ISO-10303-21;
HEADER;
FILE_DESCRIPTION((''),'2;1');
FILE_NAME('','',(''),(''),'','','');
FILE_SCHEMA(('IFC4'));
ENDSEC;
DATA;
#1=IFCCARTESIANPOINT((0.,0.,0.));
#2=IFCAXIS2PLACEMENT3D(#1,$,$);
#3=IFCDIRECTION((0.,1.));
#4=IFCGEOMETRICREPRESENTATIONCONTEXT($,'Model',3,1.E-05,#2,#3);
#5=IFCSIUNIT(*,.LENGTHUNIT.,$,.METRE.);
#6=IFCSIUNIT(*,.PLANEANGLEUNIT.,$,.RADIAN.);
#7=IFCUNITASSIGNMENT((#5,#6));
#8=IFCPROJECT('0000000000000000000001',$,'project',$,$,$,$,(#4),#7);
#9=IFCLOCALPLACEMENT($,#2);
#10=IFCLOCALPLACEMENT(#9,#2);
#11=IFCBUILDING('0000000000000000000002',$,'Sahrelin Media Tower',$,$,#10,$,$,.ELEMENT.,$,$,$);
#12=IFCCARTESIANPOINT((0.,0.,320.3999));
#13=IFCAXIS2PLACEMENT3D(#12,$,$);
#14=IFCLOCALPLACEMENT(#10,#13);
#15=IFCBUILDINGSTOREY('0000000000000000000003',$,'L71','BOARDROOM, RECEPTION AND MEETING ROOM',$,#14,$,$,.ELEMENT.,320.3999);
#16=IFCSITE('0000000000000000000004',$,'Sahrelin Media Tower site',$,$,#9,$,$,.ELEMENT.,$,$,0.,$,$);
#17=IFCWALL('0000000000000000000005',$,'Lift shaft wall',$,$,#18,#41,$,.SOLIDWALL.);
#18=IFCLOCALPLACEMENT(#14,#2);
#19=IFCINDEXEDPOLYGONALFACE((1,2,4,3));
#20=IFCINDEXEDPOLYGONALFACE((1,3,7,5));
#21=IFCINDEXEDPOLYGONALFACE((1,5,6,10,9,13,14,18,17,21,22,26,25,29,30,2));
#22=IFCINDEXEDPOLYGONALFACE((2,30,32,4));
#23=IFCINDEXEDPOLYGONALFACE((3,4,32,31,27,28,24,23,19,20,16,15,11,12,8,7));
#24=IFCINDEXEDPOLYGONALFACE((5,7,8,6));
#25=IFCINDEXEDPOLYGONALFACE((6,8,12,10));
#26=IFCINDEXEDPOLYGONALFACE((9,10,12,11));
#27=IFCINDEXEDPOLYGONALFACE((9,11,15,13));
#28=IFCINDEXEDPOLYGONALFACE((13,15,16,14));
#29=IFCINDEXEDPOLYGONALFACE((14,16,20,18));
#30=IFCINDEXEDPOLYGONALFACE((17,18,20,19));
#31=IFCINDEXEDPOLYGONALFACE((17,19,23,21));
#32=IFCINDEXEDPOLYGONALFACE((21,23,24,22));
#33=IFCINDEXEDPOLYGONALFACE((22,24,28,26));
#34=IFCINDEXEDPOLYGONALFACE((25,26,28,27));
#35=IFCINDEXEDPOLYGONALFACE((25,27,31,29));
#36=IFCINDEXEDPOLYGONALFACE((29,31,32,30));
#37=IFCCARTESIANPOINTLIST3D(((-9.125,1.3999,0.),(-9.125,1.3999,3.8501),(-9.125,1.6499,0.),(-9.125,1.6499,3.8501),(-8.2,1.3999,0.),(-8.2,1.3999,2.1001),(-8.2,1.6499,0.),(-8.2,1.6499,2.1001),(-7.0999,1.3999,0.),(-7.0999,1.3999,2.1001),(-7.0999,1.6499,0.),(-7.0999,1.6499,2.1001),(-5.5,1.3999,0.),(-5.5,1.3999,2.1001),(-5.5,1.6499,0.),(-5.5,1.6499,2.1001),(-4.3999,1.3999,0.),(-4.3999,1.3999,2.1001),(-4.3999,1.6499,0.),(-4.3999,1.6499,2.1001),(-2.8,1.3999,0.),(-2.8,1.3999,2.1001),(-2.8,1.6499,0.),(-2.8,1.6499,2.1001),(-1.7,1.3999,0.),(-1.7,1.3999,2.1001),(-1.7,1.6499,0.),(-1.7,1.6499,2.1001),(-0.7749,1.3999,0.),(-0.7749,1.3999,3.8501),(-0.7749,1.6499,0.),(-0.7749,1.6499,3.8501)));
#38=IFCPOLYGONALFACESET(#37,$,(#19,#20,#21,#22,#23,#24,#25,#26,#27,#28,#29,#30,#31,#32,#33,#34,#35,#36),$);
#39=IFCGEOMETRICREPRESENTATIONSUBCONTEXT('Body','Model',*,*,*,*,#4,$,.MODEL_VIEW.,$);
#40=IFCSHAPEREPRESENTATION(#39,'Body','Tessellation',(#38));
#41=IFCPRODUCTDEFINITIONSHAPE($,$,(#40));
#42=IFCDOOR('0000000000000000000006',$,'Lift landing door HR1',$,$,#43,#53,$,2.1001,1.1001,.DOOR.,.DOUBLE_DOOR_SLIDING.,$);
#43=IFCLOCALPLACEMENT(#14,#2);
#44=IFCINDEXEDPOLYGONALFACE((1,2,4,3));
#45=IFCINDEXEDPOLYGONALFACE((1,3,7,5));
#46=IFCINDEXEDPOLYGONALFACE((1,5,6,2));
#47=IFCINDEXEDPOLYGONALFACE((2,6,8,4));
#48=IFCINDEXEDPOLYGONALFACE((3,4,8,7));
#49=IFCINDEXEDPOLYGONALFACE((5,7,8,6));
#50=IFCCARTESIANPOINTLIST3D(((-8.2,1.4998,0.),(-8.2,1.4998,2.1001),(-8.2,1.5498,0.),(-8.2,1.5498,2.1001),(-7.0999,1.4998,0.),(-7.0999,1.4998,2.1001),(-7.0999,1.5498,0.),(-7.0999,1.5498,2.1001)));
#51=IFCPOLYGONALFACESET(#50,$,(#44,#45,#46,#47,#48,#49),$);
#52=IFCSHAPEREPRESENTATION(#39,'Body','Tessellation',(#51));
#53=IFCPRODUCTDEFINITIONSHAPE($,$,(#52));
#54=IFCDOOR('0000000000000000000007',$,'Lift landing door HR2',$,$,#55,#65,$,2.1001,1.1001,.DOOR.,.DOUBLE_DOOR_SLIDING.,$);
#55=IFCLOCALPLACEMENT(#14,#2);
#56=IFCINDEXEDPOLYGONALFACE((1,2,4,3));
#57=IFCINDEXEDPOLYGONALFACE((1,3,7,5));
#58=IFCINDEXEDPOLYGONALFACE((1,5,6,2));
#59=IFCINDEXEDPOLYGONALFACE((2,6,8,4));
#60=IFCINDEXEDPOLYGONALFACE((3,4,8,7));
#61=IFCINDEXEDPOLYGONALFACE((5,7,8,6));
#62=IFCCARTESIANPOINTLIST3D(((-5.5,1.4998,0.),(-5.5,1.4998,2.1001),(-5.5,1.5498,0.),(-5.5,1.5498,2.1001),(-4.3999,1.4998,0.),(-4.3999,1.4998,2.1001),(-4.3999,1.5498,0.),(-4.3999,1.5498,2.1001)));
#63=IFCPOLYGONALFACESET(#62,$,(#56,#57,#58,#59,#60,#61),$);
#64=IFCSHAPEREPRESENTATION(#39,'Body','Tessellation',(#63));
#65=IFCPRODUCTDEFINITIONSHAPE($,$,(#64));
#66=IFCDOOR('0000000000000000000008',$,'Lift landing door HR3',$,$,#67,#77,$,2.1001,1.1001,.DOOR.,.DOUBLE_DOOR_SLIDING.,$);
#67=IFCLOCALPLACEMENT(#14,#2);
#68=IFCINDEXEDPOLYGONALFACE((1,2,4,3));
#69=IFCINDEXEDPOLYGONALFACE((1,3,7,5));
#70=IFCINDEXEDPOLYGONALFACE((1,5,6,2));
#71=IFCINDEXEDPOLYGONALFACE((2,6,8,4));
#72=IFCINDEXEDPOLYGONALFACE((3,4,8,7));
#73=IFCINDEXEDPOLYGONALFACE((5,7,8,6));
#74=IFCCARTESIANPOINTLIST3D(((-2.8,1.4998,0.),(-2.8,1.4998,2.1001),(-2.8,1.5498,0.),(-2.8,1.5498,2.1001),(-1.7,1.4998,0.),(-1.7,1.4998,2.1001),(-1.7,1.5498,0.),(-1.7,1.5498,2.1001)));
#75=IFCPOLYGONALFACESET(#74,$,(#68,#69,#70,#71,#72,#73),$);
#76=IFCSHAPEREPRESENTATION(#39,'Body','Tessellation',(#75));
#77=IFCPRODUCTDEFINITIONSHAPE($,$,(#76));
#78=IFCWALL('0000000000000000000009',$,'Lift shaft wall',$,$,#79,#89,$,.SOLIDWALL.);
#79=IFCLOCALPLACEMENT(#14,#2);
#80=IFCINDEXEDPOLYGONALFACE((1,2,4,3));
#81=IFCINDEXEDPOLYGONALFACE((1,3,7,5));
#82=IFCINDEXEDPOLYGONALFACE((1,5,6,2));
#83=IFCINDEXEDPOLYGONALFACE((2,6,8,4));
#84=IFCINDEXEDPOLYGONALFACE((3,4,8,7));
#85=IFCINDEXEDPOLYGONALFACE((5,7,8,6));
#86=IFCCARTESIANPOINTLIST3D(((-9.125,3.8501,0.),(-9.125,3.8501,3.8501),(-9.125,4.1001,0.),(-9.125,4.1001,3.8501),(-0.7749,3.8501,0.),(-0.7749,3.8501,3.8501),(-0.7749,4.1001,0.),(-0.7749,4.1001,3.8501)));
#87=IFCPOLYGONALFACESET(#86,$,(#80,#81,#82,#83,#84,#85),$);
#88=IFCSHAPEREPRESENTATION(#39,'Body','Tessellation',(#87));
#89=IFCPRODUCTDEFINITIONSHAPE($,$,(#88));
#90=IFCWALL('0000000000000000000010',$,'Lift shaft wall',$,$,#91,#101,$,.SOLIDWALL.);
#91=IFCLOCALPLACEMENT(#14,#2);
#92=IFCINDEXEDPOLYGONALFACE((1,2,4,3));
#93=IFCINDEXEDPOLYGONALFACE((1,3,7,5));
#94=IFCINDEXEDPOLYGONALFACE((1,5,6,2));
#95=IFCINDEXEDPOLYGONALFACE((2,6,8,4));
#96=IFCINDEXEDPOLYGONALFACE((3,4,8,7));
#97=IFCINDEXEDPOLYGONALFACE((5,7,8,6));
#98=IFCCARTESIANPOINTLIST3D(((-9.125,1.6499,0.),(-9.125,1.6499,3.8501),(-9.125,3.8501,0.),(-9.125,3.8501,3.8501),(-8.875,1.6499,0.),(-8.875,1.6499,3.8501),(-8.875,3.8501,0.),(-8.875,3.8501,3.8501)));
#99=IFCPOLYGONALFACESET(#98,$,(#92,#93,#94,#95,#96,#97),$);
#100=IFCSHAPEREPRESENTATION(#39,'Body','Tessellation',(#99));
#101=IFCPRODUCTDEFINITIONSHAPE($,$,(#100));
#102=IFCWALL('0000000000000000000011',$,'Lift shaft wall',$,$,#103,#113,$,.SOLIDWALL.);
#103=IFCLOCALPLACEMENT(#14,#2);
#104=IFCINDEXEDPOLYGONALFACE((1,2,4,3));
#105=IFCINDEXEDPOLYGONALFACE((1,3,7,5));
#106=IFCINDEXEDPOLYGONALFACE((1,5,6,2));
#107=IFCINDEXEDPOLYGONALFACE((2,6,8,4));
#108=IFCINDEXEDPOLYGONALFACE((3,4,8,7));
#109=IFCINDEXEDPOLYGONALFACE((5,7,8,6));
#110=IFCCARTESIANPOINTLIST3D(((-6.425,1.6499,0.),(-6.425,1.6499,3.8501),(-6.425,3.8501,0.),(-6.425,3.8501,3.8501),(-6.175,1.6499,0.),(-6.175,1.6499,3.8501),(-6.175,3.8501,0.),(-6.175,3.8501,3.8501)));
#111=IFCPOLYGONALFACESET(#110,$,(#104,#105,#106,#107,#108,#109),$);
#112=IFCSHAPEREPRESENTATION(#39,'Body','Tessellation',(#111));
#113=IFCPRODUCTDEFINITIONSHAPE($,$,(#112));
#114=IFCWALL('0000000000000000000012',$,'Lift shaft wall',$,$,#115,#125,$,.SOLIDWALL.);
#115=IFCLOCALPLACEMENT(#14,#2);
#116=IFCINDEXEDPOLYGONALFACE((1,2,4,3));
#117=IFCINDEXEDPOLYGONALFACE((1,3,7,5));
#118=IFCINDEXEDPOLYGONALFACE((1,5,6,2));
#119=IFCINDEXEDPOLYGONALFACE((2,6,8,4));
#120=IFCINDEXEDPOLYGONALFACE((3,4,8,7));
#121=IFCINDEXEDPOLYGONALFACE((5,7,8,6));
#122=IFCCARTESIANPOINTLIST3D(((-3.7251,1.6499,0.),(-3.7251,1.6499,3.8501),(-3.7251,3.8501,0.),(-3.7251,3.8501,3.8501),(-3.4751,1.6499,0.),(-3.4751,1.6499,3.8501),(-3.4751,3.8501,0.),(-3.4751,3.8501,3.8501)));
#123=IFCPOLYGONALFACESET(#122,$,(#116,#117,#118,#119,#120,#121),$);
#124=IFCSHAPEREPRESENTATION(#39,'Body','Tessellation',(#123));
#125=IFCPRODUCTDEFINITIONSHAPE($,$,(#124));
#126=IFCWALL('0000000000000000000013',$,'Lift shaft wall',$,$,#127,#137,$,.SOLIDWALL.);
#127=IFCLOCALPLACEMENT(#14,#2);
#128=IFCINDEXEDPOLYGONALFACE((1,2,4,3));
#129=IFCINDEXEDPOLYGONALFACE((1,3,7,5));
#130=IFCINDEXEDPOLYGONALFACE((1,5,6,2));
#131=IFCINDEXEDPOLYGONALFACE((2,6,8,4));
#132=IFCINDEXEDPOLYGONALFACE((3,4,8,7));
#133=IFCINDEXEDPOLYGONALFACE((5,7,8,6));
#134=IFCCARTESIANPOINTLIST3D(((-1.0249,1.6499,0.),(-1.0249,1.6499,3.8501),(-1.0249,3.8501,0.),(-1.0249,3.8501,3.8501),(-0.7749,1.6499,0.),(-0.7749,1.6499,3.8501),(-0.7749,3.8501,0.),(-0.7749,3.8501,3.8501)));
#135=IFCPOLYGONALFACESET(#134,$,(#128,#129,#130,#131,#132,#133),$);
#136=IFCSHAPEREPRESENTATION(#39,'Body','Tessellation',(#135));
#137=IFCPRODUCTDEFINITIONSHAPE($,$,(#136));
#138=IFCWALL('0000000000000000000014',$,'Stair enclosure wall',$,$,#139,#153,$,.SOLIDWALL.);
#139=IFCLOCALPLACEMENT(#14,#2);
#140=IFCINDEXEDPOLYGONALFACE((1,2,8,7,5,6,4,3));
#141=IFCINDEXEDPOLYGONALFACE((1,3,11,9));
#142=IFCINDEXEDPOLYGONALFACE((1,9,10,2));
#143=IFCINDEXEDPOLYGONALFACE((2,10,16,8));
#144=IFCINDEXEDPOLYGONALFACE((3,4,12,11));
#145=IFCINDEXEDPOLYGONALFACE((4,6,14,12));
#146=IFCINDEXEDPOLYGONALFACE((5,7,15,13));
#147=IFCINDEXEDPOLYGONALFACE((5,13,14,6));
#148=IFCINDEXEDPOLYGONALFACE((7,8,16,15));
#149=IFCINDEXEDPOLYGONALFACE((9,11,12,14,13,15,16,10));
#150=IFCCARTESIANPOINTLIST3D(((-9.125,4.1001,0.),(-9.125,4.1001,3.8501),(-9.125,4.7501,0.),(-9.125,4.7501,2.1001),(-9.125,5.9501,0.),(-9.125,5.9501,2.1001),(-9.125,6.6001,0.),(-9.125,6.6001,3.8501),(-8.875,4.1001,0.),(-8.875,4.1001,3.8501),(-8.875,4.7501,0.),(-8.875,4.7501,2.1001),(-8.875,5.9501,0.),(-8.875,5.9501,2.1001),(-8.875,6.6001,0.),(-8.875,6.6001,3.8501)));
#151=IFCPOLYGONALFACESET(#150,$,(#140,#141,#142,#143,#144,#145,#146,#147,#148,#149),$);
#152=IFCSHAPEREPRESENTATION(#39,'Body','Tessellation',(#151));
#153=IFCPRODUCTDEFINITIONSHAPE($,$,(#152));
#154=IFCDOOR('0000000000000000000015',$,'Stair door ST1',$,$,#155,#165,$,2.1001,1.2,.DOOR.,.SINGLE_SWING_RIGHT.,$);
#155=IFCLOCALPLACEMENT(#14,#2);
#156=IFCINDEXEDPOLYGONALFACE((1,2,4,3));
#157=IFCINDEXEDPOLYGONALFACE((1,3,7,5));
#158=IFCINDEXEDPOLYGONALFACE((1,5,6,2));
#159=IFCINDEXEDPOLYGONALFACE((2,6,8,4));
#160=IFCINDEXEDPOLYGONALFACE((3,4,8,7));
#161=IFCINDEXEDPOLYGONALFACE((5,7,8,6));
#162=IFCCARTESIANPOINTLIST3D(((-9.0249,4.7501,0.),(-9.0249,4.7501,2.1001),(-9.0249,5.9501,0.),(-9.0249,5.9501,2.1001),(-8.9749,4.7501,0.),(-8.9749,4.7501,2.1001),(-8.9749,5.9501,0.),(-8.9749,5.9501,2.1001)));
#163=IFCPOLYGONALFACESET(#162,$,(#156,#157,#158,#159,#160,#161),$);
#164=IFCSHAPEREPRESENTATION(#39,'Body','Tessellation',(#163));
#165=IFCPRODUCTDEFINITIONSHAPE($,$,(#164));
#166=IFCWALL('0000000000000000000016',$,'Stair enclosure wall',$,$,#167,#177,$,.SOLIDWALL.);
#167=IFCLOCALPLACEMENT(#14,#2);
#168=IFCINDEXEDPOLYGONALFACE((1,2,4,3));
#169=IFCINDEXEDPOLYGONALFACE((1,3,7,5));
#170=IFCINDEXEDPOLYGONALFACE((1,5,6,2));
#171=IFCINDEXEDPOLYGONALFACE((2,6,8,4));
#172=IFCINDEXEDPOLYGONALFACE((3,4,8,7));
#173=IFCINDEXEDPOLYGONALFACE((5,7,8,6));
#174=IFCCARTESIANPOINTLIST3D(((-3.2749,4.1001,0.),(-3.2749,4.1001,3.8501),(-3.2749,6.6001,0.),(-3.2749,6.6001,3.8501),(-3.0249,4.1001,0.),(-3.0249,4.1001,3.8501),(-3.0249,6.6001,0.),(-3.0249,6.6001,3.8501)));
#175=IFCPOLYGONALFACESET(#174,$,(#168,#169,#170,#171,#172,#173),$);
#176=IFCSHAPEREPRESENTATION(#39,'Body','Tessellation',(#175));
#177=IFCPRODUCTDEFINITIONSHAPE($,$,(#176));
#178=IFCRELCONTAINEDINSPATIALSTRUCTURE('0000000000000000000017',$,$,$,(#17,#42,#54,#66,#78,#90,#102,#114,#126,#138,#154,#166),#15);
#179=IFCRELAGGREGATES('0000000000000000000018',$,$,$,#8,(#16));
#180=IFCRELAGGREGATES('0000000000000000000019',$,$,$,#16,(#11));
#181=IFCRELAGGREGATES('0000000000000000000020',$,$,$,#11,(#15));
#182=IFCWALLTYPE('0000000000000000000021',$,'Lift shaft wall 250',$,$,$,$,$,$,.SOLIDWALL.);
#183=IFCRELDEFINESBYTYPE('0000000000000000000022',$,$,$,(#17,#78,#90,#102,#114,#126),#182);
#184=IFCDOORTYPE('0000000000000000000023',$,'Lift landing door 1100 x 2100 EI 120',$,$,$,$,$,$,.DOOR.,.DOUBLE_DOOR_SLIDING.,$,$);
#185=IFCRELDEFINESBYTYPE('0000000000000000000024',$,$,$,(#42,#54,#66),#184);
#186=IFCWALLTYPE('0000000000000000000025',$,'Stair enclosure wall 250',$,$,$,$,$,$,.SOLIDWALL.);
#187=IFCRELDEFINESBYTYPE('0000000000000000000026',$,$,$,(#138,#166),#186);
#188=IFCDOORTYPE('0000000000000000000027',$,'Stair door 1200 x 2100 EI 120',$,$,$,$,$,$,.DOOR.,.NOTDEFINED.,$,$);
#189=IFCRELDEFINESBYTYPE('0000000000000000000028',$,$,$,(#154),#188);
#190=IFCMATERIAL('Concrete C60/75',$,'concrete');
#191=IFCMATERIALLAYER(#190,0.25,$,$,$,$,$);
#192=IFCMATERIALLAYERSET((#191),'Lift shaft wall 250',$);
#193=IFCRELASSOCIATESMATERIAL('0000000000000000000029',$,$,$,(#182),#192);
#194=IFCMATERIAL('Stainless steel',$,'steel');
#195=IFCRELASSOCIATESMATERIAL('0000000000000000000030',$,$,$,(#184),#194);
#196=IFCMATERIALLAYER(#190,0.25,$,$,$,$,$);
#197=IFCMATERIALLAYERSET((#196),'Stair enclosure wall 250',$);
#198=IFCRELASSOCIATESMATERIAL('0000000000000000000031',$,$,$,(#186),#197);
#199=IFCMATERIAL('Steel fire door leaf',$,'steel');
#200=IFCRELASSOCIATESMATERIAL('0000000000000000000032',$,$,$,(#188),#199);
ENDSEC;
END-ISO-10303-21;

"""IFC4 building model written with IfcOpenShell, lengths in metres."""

from ifc_helpers import new_model, si_unit, direction, frame, frame_2d, origin, place, context, subcontext, project, spatial, rectangle, extrude, material, layer, layer_set, type_object, element, fill, save


model = new_model("IFC4")

# Units and contexts
model_context = context("Model", 3, precision=1e-05, world=origin(), true_north=direction((0.0, 1.0)))
body_context = subcontext(model_context, "Body", "Model", "MODEL_VIEW")
ifc_project = project(units=[si_unit("LENGTHUNIT", "METRE"), si_unit("PLANEANGLEUNIT", "RADIAN")], contexts=[model_context])

# Site, building, storey
site_placement = place(None, origin())
site = spatial("IfcSite", under=ifc_project, at=site_placement, Name="Sahrelin Media Tower site", CompositionType="ELEMENT", RefElevation=0.0)
building_placement = place(site_placement, origin())
building = spatial("IfcBuilding", under=site, at=building_placement, Name="Sahrelin Media Tower", CompositionType="ELEMENT")
storey_placement = place(building_placement, frame((0.0, 0.0, 320.3999)))
storey = spatial("IfcBuildingStorey", under=building, at=storey_placement, Name="L71", Description="BOARDROOM, RECEPTION AND MEETING ROOM", CompositionType="ELEMENT", Elevation=320.3999)

# Shared definitions
ifc_material_1 = material(Name="Concrete C60/75", Category="concrete")

# Shared definitions
ifc_material_2 = material(Name="Steel fire door leaf", Category="steel")

# Wall, openings, doors
ifc_layer_1 = layer(ifc_material_1, 0.25)
ifc_layer_set_1 = layer_set([ifc_layer_1], Name="Lift shaft wall 250")
wall_type_1 = type_object("IfcWallType", Name="Lift shaft wall 250", PredefinedType="SOLIDWALL", material=ifc_layer_set_1)
wall_1_placement = place(storey_placement, frame((-9.125, 1.5249, 0.0), z_axis=(0.0, 0.0, 1.0), x_axis=(1.0, 0.0, 0.0)))
wall_1 = element("IfcWall", 1, at=wall_1_placement, inside=storey, type_object=wall_type_1, Name="Lift shaft wall", PredefinedType="SOLIDWALL", context=body_context, shape_type="SweptSolid", body=[
    extrude(rectangle(XDim=8.3501, YDim=0.25, at=frame_2d((4.175, 0.0))), origin(), (0.0, 0.0, 1.0), 3.8501),
])
opening_1_placement = place(wall_1_placement, frame((0.925, 0.0, 0.0)))
opening_1 = element("IfcOpeningElement", 2, at=opening_1_placement, cuts=wall_1, PredefinedType="OPENING", context=body_context, shape_type="SweptSolid", body=[
    extrude(rectangle(XDim=1.1001, YDim=2.1001, at=frame_2d((0.55, 1.05))), frame((0.0, 0.125, 0.0), z_axis=(0.0, -1.0, 0.0), x_axis=(1.0, 0.0, 0.0)), (0.0, 0.0, 1.0), 0.25),
])
opening_2_placement = place(wall_1_placement, frame((3.625, 0.0, 0.0)))
opening_2 = element("IfcOpeningElement", 3, at=opening_2_placement, cuts=wall_1, PredefinedType="OPENING", context=body_context, shape_type="SweptSolid", body=[
    extrude(rectangle(XDim=1.1001, YDim=2.1001, at=frame_2d((0.55, 1.05))), frame((0.0, 0.125, 0.0), z_axis=(0.0, -1.0, 0.0), x_axis=(1.0, 0.0, 0.0)), (0.0, 0.0, 1.0), 0.25),
])
opening_3_placement = place(wall_1_placement, frame((6.325, 0.0, 0.0)))
opening_3 = element("IfcOpeningElement", 4, at=opening_3_placement, cuts=wall_1, PredefinedType="OPENING", context=body_context, shape_type="SweptSolid", body=[
    extrude(rectangle(XDim=1.1001, YDim=2.1001, at=frame_2d((0.55, 1.05))), frame((0.0, 0.125, 0.0), z_axis=(0.0, -1.0, 0.0), x_axis=(1.0, 0.0, 0.0)), (0.0, 0.0, 1.0), 0.25),
])
ifc_material_3 = material(Name="Stainless steel", Category="steel")
door_type_1 = type_object("IfcDoorType", Name="Lift landing door 1100 x 2100 EI 120", OperationType="DOUBLE_DOOR_SLIDING", PredefinedType="DOOR", material=ifc_material_3)
door_1_placement = place(opening_1_placement, origin())
door_1 = element("IfcDoor", 5, at=door_1_placement, inside=storey, type_object=door_type_1, Name="Lift landing door HR1", OperationType="DOUBLE_DOOR_SLIDING", OverallHeight=2.1001, OverallWidth=1.1001, PredefinedType="DOOR", context=body_context, shape_type="SweptSolid", body=[
    extrude(rectangle(XDim=1.1001, YDim=2.1001, at=frame_2d((0.55, 1.05))), frame((0.0, 0.0249, 0.0), z_axis=(0.0, -1.0, 0.0), x_axis=(1.0, 0.0, 0.0)), (0.0, 0.0, 1.0), 0.05),
])
fill(opening_1, door_1)
door_2_placement = place(opening_2_placement, origin())
door_2 = element("IfcDoor", 6, at=door_2_placement, inside=storey, type_object=door_type_1, Name="Lift landing door HR2", OperationType="DOUBLE_DOOR_SLIDING", OverallHeight=2.1001, OverallWidth=1.1001, PredefinedType="DOOR", context=body_context, shape_type="SweptSolid", body=[
    extrude(rectangle(XDim=1.1001, YDim=2.1001, at=frame_2d((0.55, 1.05))), frame((0.0, 0.0249, 0.0), z_axis=(0.0, -1.0, 0.0), x_axis=(1.0, 0.0, 0.0)), (0.0, 0.0, 1.0), 0.05),
])
fill(opening_2, door_2)
door_3_placement = place(opening_3_placement, origin())
door_3 = element("IfcDoor", 7, at=door_3_placement, inside=storey, type_object=door_type_1, Name="Lift landing door HR3", OperationType="DOUBLE_DOOR_SLIDING", OverallHeight=2.1001, OverallWidth=1.1001, PredefinedType="DOOR", context=body_context, shape_type="SweptSolid", body=[
    extrude(rectangle(XDim=1.1001, YDim=2.1001, at=frame_2d((0.55, 1.05))), frame((0.0, 0.0249, 0.0), z_axis=(0.0, -1.0, 0.0), x_axis=(1.0, 0.0, 0.0)), (0.0, 0.0, 1.0), 0.05),
])
fill(opening_3, door_3)

# Walls
wall_2_placement = place(storey_placement, frame((-9.125, 3.9751, 0.0), z_axis=(0.0, 0.0, 1.0), x_axis=(1.0, 0.0, 0.0)))
element("IfcWall", 8, at=wall_2_placement, inside=storey, type_object=wall_type_1, Name="Lift shaft wall", PredefinedType="SOLIDWALL", context=body_context, shape_type="SweptSolid", body=[
    extrude(rectangle(XDim=8.3501, YDim=0.25, at=frame_2d((4.175, 0.0))), origin(), (0.0, 0.0, 1.0), 3.8501),
])
for number, where, z_axis, x_axis, name in (
    (9, (-9.0, 1.6499, 0.0), (0.0, 0.0, 1.0), (0.0, 1.0, 0.0), "Lift shaft wall"),
    (10, (-6.3, 1.6499, 0.0), (0.0, 0.0, 1.0), (0.0, 1.0, 0.0), "Lift shaft wall"),
    (11, (-3.6001, 1.6499, 0.0), (0.0, 0.0, 1.0), (0.0, 1.0, 0.0), "Lift shaft wall"),
    (12, (-0.8999, 1.6499, 0.0), (0.0, 0.0, 1.0), (0.0, 1.0, 0.0), "Lift shaft wall"),
):
    element("IfcWall", number, at=place(storey_placement, frame(where, z_axis=z_axis, x_axis=x_axis)), inside=storey, type_object=wall_type_1, Name=name, PredefinedType="SOLIDWALL", context=body_context, shape_type="SweptSolid", body=[
        extrude(rectangle(XDim=2.2002, YDim=0.25, at=frame_2d((1.1001, 0.0))), origin(), (0.0, 0.0, 1.0), 3.8501),
    ])

# Wall, opening, door
ifc_layer_2 = layer(ifc_material_1, 0.25)
ifc_layer_set_2 = layer_set([ifc_layer_2], Name="Stair enclosure wall 250")
wall_type_2 = type_object("IfcWallType", Name="Stair enclosure wall 250", PredefinedType="SOLIDWALL", material=ifc_layer_set_2)
wall_3_placement = place(storey_placement, frame((-9.0, 4.1001, 0.0), z_axis=(0.0, 0.0, 1.0), x_axis=(0.0, 1.0, 0.0)))
wall_3 = element("IfcWall", 13, at=wall_3_placement, inside=storey, type_object=wall_type_2, Name="Stair enclosure wall", PredefinedType="SOLIDWALL", context=body_context, shape_type="SweptSolid", body=[
    extrude(rectangle(XDim=2.5, YDim=0.25, at=frame_2d((1.25, 0.0))), origin(), (0.0, 0.0, 1.0), 3.8501),
])
opening_4_placement = place(wall_3_placement, frame((0.6499, 0.0, 0.0)))
opening_4 = element("IfcOpeningElement", 14, at=opening_4_placement, cuts=wall_3, PredefinedType="OPENING", context=body_context, shape_type="SweptSolid", body=[
    extrude(rectangle(XDim=1.2, YDim=2.1001, at=frame_2d((0.6001, 1.05))), frame((0.0, 0.125, 0.0), z_axis=(0.0, -1.0, 0.0), x_axis=(1.0, 0.0, 0.0)), (0.0, 0.0, 1.0), 0.25),
])
door_type_2 = type_object("IfcDoorType", Name="Stair door 1200 x 2100 EI 120", OperationType="NOTDEFINED", PredefinedType="DOOR", material=ifc_material_2)
door_4_placement = place(opening_4_placement, origin())
door_4 = element("IfcDoor", 15, at=door_4_placement, inside=storey, type_object=door_type_2, Name="Stair door ST1", OperationType="SINGLE_SWING_RIGHT", OverallHeight=2.1001, OverallWidth=1.2, PredefinedType="DOOR", context=body_context, shape_type="SweptSolid", body=[
    extrude(rectangle(XDim=1.2, YDim=2.1001, at=frame_2d((0.6001, 1.05))), frame((0.0, 0.0249, 0.0), z_axis=(0.0, -1.0, 0.0), x_axis=(1.0, 0.0, 0.0)), (0.0, 0.0, 1.0), 0.05),
])
fill(opening_4, door_4)

# Wall
wall_4_placement = place(storey_placement, frame((-3.1499, 4.1001, 0.0), z_axis=(0.0, 0.0, 1.0), x_axis=(0.0, 1.0, 0.0)))
element("IfcWall", 16, at=wall_4_placement, inside=storey, type_object=wall_type_2, Name="Stair enclosure wall", PredefinedType="SOLIDWALL", context=body_context, shape_type="SweptSolid", body=[
    extrude(rectangle(XDim=2.5, YDim=0.25, at=frame_2d((1.25, 0.0))), origin(), (0.0, 0.0, 1.0), 3.8501),
])

save(model, "model.ifc")
